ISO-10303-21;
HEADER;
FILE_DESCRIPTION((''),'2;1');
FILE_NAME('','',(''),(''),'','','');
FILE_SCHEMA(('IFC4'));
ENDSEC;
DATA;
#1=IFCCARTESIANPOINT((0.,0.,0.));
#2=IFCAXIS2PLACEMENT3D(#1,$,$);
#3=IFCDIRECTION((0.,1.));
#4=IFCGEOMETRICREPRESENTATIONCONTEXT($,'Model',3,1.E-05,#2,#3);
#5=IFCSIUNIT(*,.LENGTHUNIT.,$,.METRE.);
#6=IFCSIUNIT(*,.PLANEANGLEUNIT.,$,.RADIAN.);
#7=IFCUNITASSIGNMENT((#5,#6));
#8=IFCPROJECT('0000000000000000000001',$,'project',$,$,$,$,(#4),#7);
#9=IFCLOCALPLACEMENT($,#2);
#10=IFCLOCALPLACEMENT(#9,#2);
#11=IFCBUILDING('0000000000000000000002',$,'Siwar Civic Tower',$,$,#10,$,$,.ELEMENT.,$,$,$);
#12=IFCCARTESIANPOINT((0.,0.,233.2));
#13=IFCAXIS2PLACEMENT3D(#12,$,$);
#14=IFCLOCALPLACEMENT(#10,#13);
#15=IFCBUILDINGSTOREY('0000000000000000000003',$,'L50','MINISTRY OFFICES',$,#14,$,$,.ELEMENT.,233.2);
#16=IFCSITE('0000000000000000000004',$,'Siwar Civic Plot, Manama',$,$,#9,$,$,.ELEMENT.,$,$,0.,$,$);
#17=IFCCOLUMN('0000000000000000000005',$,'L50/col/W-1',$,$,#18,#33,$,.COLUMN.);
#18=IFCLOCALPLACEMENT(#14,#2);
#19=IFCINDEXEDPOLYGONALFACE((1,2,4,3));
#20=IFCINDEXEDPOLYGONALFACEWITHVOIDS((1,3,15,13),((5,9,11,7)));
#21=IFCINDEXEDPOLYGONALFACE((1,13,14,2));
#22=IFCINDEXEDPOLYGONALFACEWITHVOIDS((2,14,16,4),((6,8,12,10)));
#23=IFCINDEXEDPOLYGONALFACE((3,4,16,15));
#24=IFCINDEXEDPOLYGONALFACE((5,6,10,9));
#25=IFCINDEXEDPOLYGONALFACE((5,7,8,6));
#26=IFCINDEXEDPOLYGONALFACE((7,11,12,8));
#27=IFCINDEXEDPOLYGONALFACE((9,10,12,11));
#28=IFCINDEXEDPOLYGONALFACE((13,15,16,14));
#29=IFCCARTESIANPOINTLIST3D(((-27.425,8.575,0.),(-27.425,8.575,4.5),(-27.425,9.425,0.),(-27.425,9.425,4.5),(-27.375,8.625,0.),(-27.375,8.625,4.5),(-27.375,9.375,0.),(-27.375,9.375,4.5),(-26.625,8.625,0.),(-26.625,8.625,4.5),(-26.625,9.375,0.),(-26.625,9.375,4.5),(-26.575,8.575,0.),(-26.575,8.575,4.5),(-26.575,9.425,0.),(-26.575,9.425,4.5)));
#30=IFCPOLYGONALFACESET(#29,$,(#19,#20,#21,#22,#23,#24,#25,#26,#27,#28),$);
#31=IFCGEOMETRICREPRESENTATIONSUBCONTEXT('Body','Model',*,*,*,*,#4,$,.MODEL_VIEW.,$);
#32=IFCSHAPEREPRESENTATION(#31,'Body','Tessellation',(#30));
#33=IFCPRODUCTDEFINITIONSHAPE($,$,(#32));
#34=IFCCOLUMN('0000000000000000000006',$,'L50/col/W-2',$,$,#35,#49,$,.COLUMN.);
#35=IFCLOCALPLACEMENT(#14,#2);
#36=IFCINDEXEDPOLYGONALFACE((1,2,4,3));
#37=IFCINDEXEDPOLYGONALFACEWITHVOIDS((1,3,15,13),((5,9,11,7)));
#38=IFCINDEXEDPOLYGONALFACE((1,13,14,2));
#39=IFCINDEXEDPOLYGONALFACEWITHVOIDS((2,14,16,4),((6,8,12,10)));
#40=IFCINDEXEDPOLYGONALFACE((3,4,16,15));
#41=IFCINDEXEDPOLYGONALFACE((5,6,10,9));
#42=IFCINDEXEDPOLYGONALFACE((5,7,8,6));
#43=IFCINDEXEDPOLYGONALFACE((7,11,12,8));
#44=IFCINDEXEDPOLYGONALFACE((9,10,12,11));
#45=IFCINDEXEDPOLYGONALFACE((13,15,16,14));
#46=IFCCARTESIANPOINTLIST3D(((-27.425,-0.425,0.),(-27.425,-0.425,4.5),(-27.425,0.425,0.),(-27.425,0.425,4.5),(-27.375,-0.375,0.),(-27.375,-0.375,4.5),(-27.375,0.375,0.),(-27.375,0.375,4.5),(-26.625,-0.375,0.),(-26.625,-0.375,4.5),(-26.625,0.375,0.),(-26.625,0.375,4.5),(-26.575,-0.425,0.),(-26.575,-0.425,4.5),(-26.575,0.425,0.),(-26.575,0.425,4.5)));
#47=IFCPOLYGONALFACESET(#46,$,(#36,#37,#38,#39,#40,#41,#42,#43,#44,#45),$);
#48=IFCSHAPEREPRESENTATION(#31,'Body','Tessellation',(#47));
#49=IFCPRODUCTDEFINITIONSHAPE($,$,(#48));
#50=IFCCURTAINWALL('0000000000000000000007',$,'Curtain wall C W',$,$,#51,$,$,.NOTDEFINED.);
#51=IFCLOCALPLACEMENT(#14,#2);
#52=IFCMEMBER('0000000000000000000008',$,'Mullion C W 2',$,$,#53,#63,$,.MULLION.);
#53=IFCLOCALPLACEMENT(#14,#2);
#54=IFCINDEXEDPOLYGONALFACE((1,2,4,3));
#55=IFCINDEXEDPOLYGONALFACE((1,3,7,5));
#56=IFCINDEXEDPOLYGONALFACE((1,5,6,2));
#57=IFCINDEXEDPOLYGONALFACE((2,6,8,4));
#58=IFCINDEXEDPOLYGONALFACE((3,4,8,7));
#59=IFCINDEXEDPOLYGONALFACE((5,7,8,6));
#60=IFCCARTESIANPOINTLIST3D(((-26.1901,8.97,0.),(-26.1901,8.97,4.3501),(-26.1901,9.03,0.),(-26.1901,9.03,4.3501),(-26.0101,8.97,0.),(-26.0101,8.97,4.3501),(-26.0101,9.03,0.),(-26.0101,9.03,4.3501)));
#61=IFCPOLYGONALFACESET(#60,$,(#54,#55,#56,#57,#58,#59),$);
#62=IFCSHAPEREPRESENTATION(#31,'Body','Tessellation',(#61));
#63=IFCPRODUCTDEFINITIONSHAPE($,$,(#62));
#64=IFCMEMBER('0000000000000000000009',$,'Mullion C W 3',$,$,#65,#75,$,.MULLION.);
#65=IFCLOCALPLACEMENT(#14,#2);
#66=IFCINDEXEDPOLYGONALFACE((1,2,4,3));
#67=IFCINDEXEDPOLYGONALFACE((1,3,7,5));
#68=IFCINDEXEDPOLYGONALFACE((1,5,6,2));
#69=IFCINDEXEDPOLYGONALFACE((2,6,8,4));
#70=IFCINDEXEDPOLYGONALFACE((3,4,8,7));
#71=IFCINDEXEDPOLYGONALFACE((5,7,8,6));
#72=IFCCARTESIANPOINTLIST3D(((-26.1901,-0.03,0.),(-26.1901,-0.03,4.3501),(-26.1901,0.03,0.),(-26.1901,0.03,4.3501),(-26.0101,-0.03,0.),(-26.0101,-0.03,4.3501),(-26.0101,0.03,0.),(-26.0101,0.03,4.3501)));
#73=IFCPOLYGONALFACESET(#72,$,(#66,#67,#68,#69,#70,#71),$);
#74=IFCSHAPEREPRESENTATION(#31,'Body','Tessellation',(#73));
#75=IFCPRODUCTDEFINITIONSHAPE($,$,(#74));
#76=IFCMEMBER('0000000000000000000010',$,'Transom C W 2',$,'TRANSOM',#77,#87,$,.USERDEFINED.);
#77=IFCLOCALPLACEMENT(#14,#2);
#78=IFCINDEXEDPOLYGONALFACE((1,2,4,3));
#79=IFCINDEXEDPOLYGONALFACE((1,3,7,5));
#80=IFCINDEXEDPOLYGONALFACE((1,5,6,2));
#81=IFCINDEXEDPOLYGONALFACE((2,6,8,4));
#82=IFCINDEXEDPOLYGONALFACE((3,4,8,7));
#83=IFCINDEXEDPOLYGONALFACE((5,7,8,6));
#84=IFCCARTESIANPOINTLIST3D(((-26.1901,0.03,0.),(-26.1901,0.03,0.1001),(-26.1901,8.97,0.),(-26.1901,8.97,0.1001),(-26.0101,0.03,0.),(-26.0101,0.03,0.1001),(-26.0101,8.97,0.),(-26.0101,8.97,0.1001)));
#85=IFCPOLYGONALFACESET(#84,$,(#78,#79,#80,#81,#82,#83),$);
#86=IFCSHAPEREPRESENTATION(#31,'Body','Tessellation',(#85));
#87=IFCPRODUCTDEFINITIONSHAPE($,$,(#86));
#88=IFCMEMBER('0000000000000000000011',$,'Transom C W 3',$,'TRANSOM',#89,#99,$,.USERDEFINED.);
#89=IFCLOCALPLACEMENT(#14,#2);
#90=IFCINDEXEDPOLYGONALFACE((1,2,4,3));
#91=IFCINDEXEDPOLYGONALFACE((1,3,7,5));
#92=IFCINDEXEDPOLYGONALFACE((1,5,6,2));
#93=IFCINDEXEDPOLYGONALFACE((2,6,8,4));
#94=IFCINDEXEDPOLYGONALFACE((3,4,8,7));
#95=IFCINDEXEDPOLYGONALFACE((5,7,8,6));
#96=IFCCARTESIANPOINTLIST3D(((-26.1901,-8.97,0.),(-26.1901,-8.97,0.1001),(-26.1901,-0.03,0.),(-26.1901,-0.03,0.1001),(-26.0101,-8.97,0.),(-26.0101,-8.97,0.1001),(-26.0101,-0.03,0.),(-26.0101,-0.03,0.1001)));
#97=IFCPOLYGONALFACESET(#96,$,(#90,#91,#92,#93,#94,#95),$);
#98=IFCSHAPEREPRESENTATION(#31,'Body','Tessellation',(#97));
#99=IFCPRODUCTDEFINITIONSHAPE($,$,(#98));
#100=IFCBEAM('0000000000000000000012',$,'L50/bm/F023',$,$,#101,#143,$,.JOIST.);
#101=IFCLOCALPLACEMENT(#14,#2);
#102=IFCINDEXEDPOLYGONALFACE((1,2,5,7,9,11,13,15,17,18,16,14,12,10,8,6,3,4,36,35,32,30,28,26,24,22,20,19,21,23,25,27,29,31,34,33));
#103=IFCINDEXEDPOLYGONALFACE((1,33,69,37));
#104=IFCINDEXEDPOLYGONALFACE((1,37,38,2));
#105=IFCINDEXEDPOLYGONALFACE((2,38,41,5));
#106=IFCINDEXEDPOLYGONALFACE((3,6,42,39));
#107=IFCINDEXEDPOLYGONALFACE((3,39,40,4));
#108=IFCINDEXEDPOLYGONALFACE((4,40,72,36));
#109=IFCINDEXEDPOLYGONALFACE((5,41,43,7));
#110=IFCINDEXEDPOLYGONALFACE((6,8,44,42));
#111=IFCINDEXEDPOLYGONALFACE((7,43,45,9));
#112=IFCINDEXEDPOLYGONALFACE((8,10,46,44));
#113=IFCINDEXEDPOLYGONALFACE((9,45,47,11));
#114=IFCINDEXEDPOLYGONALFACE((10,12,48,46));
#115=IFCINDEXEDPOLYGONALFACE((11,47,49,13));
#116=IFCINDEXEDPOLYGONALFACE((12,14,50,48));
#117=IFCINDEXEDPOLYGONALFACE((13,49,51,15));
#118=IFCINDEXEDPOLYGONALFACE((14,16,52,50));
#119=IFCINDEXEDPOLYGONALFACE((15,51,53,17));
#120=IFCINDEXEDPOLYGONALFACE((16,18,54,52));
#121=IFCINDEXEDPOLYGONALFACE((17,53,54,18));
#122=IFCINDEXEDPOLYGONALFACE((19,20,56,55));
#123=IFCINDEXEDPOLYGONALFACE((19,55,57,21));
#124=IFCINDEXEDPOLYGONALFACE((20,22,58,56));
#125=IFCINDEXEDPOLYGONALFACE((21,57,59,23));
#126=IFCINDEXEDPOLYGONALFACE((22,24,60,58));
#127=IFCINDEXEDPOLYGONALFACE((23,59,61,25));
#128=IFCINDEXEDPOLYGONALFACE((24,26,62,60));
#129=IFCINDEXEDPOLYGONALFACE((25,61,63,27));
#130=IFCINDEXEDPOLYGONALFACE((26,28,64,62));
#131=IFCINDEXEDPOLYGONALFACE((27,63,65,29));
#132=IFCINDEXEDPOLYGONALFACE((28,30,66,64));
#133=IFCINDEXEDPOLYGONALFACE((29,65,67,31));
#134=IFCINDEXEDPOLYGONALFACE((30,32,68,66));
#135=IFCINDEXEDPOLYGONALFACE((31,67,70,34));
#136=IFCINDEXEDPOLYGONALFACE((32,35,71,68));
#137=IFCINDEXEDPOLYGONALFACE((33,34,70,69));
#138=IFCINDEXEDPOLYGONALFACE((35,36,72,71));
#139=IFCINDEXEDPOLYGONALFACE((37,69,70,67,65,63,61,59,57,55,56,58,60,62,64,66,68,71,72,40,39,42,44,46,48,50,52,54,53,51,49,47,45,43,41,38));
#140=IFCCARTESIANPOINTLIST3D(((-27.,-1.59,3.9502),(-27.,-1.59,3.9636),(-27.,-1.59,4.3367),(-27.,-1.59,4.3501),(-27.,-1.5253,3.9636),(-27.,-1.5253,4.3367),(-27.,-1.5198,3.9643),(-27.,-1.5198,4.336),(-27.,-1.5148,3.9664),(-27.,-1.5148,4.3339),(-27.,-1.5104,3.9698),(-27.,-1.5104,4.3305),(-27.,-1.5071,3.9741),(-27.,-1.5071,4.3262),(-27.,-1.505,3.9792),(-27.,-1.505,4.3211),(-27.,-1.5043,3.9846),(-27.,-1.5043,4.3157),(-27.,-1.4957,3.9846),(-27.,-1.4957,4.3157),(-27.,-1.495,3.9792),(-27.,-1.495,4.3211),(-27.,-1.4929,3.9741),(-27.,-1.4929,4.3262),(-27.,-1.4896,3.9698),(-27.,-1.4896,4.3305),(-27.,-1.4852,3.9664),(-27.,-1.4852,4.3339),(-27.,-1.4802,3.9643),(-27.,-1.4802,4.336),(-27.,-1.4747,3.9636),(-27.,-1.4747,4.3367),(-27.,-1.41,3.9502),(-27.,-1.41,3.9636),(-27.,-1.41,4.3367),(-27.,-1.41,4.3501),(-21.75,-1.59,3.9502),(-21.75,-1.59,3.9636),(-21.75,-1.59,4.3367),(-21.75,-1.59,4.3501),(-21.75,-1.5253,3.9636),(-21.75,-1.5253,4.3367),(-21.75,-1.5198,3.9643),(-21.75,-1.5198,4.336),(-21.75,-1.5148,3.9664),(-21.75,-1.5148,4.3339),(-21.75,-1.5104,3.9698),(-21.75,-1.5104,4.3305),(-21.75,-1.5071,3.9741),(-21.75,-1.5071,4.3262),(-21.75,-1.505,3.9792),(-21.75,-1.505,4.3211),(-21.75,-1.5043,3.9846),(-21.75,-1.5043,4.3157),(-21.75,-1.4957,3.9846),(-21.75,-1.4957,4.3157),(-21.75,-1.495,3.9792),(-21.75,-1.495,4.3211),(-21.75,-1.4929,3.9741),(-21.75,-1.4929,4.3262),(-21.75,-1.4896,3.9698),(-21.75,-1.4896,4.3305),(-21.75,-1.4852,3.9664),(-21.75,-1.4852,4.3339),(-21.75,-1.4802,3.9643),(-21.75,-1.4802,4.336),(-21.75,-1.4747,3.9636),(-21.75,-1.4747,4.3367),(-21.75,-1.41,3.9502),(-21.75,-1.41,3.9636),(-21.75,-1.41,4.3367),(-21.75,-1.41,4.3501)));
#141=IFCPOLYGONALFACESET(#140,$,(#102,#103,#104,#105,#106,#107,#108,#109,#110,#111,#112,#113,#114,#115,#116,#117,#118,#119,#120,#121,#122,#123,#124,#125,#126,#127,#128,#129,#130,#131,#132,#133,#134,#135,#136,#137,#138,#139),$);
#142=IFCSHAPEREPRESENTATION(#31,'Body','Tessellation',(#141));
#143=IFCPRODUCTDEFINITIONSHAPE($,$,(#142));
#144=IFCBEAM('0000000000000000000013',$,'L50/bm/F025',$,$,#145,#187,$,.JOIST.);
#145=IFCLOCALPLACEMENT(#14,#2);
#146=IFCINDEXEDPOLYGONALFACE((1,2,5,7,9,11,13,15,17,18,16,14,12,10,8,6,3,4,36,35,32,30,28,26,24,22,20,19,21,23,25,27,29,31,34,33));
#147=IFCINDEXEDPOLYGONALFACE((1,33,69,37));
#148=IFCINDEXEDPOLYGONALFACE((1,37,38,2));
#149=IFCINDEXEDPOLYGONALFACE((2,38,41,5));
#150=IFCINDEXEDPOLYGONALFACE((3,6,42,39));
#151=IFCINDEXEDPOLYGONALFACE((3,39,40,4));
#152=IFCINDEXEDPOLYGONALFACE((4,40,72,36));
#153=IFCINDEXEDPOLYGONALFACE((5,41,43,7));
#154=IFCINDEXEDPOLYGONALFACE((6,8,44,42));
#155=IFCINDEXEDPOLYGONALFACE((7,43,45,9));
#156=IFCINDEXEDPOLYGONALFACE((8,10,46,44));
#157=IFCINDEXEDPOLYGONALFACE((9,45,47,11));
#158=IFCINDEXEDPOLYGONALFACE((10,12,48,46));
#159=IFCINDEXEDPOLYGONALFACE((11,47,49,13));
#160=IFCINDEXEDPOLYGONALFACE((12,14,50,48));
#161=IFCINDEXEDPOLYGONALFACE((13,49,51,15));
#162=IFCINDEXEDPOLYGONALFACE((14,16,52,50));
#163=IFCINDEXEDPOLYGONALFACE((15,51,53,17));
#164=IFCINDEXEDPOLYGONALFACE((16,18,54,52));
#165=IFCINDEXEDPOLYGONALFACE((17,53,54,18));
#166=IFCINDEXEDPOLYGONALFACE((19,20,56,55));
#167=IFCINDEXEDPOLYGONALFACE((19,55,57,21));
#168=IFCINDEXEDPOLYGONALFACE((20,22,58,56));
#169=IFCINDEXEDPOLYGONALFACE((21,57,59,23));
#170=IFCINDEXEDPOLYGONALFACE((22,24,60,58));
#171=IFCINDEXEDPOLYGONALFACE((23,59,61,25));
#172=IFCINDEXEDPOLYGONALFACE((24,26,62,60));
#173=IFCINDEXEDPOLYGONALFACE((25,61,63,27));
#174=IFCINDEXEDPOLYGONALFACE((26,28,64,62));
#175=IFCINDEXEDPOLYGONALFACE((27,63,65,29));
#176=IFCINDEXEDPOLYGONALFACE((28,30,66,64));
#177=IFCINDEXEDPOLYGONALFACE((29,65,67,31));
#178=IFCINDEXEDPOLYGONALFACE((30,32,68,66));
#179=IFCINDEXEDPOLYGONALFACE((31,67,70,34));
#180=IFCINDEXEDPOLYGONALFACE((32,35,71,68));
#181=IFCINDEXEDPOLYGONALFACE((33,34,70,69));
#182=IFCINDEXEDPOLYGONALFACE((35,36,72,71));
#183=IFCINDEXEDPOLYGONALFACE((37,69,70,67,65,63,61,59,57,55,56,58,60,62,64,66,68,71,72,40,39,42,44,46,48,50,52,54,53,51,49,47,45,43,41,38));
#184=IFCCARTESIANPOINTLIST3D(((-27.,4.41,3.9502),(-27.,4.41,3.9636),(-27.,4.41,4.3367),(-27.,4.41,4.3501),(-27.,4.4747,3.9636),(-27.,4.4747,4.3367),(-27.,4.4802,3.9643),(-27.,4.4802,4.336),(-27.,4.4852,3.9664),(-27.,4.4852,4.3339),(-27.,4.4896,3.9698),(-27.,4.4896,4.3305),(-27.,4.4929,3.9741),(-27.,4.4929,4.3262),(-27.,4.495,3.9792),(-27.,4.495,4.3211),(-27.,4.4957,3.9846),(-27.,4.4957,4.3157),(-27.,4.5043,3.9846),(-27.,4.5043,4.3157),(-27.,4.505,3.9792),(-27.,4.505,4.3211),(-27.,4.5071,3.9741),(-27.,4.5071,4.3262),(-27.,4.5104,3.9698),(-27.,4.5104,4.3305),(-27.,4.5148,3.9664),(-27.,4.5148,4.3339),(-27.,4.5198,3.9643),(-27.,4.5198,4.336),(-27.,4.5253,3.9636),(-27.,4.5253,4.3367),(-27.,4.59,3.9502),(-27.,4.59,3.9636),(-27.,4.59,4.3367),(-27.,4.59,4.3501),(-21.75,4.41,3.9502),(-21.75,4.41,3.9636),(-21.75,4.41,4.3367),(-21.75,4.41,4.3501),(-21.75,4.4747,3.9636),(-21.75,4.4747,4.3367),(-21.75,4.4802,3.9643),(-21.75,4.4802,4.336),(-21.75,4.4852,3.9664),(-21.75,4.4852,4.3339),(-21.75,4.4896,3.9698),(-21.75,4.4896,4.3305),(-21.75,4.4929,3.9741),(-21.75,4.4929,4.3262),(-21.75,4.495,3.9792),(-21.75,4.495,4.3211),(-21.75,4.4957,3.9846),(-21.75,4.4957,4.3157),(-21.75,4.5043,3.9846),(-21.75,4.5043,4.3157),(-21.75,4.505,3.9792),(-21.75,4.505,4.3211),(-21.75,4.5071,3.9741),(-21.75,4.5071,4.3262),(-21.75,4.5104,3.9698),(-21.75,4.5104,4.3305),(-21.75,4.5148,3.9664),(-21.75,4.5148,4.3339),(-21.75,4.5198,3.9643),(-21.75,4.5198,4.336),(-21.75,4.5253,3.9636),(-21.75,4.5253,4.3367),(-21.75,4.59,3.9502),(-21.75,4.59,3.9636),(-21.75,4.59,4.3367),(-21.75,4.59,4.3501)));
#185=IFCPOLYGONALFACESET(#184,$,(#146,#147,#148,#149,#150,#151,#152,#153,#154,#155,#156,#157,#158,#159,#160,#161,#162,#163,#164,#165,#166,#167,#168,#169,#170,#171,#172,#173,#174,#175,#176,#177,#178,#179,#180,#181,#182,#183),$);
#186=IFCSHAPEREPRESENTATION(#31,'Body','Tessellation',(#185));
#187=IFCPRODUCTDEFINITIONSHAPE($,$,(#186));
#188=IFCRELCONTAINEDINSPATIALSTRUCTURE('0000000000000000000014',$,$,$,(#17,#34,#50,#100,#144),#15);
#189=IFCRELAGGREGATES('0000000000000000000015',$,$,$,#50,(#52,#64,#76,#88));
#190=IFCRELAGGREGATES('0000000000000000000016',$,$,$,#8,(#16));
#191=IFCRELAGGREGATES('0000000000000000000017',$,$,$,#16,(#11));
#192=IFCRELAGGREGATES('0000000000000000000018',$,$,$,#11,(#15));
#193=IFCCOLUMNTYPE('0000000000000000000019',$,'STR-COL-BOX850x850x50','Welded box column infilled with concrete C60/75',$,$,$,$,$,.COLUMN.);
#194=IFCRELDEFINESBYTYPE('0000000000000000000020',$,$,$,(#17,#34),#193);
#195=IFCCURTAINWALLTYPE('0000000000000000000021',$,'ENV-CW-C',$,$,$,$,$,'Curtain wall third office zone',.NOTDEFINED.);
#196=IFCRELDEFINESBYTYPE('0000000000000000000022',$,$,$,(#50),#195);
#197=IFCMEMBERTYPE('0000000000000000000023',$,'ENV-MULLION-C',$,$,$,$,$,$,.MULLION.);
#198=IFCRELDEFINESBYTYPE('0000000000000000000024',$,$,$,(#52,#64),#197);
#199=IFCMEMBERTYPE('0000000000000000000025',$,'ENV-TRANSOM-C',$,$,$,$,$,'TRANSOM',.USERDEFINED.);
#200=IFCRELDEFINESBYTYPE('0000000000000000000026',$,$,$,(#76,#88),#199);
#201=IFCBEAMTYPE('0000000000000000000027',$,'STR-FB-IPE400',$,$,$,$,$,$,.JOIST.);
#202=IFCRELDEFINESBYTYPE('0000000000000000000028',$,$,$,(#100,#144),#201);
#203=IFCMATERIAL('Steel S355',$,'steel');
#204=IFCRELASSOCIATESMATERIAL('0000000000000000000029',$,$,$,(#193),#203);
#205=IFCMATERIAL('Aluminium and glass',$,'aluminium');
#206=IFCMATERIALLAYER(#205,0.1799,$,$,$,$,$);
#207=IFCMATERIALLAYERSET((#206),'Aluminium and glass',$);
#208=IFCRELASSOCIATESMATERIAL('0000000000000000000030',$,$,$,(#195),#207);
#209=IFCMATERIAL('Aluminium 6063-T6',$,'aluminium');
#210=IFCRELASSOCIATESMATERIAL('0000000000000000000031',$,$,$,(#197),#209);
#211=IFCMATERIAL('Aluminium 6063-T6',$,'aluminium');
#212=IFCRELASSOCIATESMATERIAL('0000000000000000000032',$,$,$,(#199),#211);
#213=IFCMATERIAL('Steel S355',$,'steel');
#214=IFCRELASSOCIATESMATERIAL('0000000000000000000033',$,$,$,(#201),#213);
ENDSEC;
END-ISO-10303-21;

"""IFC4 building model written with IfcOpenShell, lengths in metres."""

from ifc_helpers import new_model, si_unit, direction, frame, origin, origin_2d, place, context, subcontext, project, spatial, rectangle, hollow_rectangle, i_section, extrude, material, layer, layer_set, material_profile, profile_set, type_object, element, aggregate, save


model = new_model("IFC4")

# Units and contexts
model_context = context("Model", 3, precision=1e-05, world=origin(), true_north=direction((0.0, 1.0)))
body_context = subcontext(model_context, "Body", "Model", "MODEL_VIEW")
ifc_project = project(units=[si_unit("LENGTHUNIT", "METRE"), si_unit("PLANEANGLEUNIT", "RADIAN")], contexts=[model_context])

# Site, building, storey
site_placement = place(None, origin())
site = spatial("IfcSite", under=ifc_project, at=site_placement, Name="Siwar Civic Plot, Manama", CompositionType="ELEMENT", RefElevation=0.0)
building_placement = place(site_placement, origin())
building = spatial("IfcBuilding", under=site, at=building_placement, Name="Siwar Civic Tower", CompositionType="ELEMENT")
storey_placement = place(building_placement, frame((0.0, 0.0, 233.2)))
storey = spatial("IfcBuildingStorey", under=building, at=storey_placement, Name="L50", Description="MINISTRY OFFICES", CompositionType="ELEMENT", Elevation=233.2)

# Columns
ifc_material_1 = material(Name="Steel S355", Category="steel")
ifc_material_profile_1 = material_profile(ifc_material_1, hollow_rectangle(XDim=0.8501, YDim=0.8501, WallThickness=0.05, at=origin_2d()), Name="BOX850x850x50")
ifc_profile_set_1 = profile_set([ifc_material_profile_1], Name="Steel S355")
column_type = type_object("IfcColumnType", Name="STR-COL-BOX850x850x50", Description="Welded box column infilled with concrete C60/75", PredefinedType="COLUMN", material=ifc_profile_set_1)
for number, where, z_axis, x_axis, name in (
    (1, (-27.0, 9.0, 0.0), (0.0, 0.0, 1.0), (1.0, 0.0, 0.0), "L50/col/W-1"),
    (2, (-27.0, 0.0, 0.0), (0.0, 0.0, 1.0), (1.0, 0.0, 0.0), "L50/col/W-2"),
):
    element("IfcColumn", number, at=place(storey_placement, frame(where, z_axis=z_axis, x_axis=x_axis)), inside=storey, type_object=column_type, Name=name, PredefinedType="COLUMN", context=body_context, shape_type="SweptSolid", body=[
        extrude(hollow_rectangle(XDim=0.8501, YDim=0.8501, WallThickness=0.05, at=origin_2d()), origin(), (0.0, 0.0, 1.0), 4.5),
    ])

# Curtain wall, members
ifc_material_2 = material(Name="Aluminium and glass", Category="aluminium")
ifc_layer_1 = layer(ifc_material_2, 0.1799)
ifc_layer_set_1 = layer_set([ifc_layer_1], Name="Aluminium and glass")
curtain_wall_type = type_object("IfcCurtainWallType", Name="ENV-CW-C", ElementType="Curtain wall third office zone", PredefinedType="NOTDEFINED", material=ifc_layer_set_1)
curtain_wall_placement = place(storey_placement, origin())
curtain_wall = element("IfcCurtainWall", 3, at=curtain_wall_placement, inside=storey, type_object=curtain_wall_type, Name="Curtain wall C W", PredefinedType="NOTDEFINED")
ifc_material_3 = material(Name="Aluminium 6063-T6", Category="aluminium")
ifc_material_profile_2 = material_profile(ifc_material_3, rectangle(XDim=0.1799, YDim=0.0601, at=origin_2d()), Name="AL 180x60")
ifc_profile_set_2 = profile_set([ifc_material_profile_2], Name="Aluminium 6063-T6")
member_type_1 = type_object("IfcMemberType", Name="ENV-MULLION-C", PredefinedType="MULLION", material=ifc_profile_set_2)
member_1_placement = place(storey_placement, frame((-26.1001, 9.0, 0.0), z_axis=(0.0, 0.0, 1.0), x_axis=(1.0, 0.0, 0.0)))
member_1 = element("IfcMember", 4, at=member_1_placement, type_object=member_type_1, Name="Mullion C W 2", PredefinedType="MULLION", context=body_context, shape_type="SweptSolid", body=[
    extrude(rectangle(XDim=0.1799, YDim=0.0601, at=origin_2d()), origin(), (0.0, 0.0, 1.0), 4.3501),
])
member_2_placement = place(storey_placement, frame((-26.1001, 0.0, 0.0), z_axis=(0.0, 0.0, 1.0), x_axis=(1.0, 0.0, 0.0)))
member_2 = element("IfcMember", 5, at=member_2_placement, type_object=member_type_1, Name="Mullion C W 3", PredefinedType="MULLION", context=body_context, shape_type="SweptSolid", body=[
    extrude(rectangle(XDim=0.1799, YDim=0.0601, at=origin_2d()), origin(), (0.0, 0.0, 1.0), 4.3501),
])
ifc_material_4 = material(Name="Aluminium 6063-T6", Category="aluminium")
ifc_material_profile_3 = material_profile(ifc_material_4, rectangle(XDim=0.1799, YDim=0.1001, at=origin_2d()), Name="AL 180x100")
ifc_profile_set_3 = profile_set([ifc_material_profile_3], Name="Aluminium 6063-T6")
member_type_2 = type_object("IfcMemberType", Name="ENV-TRANSOM-C", ElementType="TRANSOM", PredefinedType="USERDEFINED", material=ifc_profile_set_3)
member_3_placement = place(storey_placement, frame((-26.1001, 8.97, 0.05), z_axis=(0.0, -1.0, 0.0), x_axis=(1.0, 0.0, 0.0)))
member_3 = element("IfcMember", 6, at=member_3_placement, type_object=member_type_2, Name="Transom C W 2", ObjectType="TRANSOM", PredefinedType="USERDEFINED", context=body_context, shape_type="SweptSolid", body=[
    extrude(rectangle(XDim=0.1799, YDim=0.1001, at=origin_2d()), origin(), (0.0, 0.0, 1.0), 8.9399),
])
member_4_placement = place(storey_placement, frame((-26.1001, -0.03, 0.05), z_axis=(0.0, -1.0, 0.0), x_axis=(1.0, 0.0, 0.0)))
member_4 = element("IfcMember", 7, at=member_4_placement, type_object=member_type_2, Name="Transom C W 3", ObjectType="TRANSOM", PredefinedType="USERDEFINED", context=body_context, shape_type="SweptSolid", body=[
    extrude(rectangle(XDim=0.1799, YDim=0.1001, at=origin_2d()), origin(), (0.0, 0.0, 1.0), 8.9399),
])

# Beams
ifc_material_5 = material(Name="Steel S355", Category="steel")
ifc_material_profile_4 = material_profile(ifc_material_5, i_section(OverallWidth=0.1799, OverallDepth=0.3999, WebThickness=0.0085, FlangeThickness=0.0134, FilletRadius=0.021, at=origin_2d()), Name="IPE400")
ifc_profile_set_4 = profile_set([ifc_material_profile_4], Name="Steel S355")
beam_type_1 = type_object("IfcBeamType", Name="STR-FB-IPE400", PredefinedType="JOIST", material=ifc_profile_set_4)
for number, where, z_axis, x_axis, name in (
    (8, (-27.0, -1.5, 4.1501), (1.0, 0.0, 0.0), (0.0, 1.0, 0.0), "L50/bm/F023"),
    (9, (-27.0, 4.5, 4.1501), (1.0, 0.0, 0.0), (0.0, 1.0, 0.0), "L50/bm/F025"),
):
    element("IfcBeam", number, at=place(storey_placement, frame(where, z_axis=z_axis, x_axis=x_axis)), inside=storey, type_object=beam_type_1, Name=name, PredefinedType="JOIST", context=body_context, shape_type="SweptSolid", body=[
        extrude(i_section(OverallWidth=0.1799, OverallDepth=0.3999, WebThickness=0.0085, FlangeThickness=0.0134, FilletRadius=0.021, at=origin_2d()), origin(), (0.0, 0.0, 1.0), 5.25),
    ])

aggregate(curtain_wall, [member_1, member_2, member_3, member_4])

save(model, "model.ifc")
